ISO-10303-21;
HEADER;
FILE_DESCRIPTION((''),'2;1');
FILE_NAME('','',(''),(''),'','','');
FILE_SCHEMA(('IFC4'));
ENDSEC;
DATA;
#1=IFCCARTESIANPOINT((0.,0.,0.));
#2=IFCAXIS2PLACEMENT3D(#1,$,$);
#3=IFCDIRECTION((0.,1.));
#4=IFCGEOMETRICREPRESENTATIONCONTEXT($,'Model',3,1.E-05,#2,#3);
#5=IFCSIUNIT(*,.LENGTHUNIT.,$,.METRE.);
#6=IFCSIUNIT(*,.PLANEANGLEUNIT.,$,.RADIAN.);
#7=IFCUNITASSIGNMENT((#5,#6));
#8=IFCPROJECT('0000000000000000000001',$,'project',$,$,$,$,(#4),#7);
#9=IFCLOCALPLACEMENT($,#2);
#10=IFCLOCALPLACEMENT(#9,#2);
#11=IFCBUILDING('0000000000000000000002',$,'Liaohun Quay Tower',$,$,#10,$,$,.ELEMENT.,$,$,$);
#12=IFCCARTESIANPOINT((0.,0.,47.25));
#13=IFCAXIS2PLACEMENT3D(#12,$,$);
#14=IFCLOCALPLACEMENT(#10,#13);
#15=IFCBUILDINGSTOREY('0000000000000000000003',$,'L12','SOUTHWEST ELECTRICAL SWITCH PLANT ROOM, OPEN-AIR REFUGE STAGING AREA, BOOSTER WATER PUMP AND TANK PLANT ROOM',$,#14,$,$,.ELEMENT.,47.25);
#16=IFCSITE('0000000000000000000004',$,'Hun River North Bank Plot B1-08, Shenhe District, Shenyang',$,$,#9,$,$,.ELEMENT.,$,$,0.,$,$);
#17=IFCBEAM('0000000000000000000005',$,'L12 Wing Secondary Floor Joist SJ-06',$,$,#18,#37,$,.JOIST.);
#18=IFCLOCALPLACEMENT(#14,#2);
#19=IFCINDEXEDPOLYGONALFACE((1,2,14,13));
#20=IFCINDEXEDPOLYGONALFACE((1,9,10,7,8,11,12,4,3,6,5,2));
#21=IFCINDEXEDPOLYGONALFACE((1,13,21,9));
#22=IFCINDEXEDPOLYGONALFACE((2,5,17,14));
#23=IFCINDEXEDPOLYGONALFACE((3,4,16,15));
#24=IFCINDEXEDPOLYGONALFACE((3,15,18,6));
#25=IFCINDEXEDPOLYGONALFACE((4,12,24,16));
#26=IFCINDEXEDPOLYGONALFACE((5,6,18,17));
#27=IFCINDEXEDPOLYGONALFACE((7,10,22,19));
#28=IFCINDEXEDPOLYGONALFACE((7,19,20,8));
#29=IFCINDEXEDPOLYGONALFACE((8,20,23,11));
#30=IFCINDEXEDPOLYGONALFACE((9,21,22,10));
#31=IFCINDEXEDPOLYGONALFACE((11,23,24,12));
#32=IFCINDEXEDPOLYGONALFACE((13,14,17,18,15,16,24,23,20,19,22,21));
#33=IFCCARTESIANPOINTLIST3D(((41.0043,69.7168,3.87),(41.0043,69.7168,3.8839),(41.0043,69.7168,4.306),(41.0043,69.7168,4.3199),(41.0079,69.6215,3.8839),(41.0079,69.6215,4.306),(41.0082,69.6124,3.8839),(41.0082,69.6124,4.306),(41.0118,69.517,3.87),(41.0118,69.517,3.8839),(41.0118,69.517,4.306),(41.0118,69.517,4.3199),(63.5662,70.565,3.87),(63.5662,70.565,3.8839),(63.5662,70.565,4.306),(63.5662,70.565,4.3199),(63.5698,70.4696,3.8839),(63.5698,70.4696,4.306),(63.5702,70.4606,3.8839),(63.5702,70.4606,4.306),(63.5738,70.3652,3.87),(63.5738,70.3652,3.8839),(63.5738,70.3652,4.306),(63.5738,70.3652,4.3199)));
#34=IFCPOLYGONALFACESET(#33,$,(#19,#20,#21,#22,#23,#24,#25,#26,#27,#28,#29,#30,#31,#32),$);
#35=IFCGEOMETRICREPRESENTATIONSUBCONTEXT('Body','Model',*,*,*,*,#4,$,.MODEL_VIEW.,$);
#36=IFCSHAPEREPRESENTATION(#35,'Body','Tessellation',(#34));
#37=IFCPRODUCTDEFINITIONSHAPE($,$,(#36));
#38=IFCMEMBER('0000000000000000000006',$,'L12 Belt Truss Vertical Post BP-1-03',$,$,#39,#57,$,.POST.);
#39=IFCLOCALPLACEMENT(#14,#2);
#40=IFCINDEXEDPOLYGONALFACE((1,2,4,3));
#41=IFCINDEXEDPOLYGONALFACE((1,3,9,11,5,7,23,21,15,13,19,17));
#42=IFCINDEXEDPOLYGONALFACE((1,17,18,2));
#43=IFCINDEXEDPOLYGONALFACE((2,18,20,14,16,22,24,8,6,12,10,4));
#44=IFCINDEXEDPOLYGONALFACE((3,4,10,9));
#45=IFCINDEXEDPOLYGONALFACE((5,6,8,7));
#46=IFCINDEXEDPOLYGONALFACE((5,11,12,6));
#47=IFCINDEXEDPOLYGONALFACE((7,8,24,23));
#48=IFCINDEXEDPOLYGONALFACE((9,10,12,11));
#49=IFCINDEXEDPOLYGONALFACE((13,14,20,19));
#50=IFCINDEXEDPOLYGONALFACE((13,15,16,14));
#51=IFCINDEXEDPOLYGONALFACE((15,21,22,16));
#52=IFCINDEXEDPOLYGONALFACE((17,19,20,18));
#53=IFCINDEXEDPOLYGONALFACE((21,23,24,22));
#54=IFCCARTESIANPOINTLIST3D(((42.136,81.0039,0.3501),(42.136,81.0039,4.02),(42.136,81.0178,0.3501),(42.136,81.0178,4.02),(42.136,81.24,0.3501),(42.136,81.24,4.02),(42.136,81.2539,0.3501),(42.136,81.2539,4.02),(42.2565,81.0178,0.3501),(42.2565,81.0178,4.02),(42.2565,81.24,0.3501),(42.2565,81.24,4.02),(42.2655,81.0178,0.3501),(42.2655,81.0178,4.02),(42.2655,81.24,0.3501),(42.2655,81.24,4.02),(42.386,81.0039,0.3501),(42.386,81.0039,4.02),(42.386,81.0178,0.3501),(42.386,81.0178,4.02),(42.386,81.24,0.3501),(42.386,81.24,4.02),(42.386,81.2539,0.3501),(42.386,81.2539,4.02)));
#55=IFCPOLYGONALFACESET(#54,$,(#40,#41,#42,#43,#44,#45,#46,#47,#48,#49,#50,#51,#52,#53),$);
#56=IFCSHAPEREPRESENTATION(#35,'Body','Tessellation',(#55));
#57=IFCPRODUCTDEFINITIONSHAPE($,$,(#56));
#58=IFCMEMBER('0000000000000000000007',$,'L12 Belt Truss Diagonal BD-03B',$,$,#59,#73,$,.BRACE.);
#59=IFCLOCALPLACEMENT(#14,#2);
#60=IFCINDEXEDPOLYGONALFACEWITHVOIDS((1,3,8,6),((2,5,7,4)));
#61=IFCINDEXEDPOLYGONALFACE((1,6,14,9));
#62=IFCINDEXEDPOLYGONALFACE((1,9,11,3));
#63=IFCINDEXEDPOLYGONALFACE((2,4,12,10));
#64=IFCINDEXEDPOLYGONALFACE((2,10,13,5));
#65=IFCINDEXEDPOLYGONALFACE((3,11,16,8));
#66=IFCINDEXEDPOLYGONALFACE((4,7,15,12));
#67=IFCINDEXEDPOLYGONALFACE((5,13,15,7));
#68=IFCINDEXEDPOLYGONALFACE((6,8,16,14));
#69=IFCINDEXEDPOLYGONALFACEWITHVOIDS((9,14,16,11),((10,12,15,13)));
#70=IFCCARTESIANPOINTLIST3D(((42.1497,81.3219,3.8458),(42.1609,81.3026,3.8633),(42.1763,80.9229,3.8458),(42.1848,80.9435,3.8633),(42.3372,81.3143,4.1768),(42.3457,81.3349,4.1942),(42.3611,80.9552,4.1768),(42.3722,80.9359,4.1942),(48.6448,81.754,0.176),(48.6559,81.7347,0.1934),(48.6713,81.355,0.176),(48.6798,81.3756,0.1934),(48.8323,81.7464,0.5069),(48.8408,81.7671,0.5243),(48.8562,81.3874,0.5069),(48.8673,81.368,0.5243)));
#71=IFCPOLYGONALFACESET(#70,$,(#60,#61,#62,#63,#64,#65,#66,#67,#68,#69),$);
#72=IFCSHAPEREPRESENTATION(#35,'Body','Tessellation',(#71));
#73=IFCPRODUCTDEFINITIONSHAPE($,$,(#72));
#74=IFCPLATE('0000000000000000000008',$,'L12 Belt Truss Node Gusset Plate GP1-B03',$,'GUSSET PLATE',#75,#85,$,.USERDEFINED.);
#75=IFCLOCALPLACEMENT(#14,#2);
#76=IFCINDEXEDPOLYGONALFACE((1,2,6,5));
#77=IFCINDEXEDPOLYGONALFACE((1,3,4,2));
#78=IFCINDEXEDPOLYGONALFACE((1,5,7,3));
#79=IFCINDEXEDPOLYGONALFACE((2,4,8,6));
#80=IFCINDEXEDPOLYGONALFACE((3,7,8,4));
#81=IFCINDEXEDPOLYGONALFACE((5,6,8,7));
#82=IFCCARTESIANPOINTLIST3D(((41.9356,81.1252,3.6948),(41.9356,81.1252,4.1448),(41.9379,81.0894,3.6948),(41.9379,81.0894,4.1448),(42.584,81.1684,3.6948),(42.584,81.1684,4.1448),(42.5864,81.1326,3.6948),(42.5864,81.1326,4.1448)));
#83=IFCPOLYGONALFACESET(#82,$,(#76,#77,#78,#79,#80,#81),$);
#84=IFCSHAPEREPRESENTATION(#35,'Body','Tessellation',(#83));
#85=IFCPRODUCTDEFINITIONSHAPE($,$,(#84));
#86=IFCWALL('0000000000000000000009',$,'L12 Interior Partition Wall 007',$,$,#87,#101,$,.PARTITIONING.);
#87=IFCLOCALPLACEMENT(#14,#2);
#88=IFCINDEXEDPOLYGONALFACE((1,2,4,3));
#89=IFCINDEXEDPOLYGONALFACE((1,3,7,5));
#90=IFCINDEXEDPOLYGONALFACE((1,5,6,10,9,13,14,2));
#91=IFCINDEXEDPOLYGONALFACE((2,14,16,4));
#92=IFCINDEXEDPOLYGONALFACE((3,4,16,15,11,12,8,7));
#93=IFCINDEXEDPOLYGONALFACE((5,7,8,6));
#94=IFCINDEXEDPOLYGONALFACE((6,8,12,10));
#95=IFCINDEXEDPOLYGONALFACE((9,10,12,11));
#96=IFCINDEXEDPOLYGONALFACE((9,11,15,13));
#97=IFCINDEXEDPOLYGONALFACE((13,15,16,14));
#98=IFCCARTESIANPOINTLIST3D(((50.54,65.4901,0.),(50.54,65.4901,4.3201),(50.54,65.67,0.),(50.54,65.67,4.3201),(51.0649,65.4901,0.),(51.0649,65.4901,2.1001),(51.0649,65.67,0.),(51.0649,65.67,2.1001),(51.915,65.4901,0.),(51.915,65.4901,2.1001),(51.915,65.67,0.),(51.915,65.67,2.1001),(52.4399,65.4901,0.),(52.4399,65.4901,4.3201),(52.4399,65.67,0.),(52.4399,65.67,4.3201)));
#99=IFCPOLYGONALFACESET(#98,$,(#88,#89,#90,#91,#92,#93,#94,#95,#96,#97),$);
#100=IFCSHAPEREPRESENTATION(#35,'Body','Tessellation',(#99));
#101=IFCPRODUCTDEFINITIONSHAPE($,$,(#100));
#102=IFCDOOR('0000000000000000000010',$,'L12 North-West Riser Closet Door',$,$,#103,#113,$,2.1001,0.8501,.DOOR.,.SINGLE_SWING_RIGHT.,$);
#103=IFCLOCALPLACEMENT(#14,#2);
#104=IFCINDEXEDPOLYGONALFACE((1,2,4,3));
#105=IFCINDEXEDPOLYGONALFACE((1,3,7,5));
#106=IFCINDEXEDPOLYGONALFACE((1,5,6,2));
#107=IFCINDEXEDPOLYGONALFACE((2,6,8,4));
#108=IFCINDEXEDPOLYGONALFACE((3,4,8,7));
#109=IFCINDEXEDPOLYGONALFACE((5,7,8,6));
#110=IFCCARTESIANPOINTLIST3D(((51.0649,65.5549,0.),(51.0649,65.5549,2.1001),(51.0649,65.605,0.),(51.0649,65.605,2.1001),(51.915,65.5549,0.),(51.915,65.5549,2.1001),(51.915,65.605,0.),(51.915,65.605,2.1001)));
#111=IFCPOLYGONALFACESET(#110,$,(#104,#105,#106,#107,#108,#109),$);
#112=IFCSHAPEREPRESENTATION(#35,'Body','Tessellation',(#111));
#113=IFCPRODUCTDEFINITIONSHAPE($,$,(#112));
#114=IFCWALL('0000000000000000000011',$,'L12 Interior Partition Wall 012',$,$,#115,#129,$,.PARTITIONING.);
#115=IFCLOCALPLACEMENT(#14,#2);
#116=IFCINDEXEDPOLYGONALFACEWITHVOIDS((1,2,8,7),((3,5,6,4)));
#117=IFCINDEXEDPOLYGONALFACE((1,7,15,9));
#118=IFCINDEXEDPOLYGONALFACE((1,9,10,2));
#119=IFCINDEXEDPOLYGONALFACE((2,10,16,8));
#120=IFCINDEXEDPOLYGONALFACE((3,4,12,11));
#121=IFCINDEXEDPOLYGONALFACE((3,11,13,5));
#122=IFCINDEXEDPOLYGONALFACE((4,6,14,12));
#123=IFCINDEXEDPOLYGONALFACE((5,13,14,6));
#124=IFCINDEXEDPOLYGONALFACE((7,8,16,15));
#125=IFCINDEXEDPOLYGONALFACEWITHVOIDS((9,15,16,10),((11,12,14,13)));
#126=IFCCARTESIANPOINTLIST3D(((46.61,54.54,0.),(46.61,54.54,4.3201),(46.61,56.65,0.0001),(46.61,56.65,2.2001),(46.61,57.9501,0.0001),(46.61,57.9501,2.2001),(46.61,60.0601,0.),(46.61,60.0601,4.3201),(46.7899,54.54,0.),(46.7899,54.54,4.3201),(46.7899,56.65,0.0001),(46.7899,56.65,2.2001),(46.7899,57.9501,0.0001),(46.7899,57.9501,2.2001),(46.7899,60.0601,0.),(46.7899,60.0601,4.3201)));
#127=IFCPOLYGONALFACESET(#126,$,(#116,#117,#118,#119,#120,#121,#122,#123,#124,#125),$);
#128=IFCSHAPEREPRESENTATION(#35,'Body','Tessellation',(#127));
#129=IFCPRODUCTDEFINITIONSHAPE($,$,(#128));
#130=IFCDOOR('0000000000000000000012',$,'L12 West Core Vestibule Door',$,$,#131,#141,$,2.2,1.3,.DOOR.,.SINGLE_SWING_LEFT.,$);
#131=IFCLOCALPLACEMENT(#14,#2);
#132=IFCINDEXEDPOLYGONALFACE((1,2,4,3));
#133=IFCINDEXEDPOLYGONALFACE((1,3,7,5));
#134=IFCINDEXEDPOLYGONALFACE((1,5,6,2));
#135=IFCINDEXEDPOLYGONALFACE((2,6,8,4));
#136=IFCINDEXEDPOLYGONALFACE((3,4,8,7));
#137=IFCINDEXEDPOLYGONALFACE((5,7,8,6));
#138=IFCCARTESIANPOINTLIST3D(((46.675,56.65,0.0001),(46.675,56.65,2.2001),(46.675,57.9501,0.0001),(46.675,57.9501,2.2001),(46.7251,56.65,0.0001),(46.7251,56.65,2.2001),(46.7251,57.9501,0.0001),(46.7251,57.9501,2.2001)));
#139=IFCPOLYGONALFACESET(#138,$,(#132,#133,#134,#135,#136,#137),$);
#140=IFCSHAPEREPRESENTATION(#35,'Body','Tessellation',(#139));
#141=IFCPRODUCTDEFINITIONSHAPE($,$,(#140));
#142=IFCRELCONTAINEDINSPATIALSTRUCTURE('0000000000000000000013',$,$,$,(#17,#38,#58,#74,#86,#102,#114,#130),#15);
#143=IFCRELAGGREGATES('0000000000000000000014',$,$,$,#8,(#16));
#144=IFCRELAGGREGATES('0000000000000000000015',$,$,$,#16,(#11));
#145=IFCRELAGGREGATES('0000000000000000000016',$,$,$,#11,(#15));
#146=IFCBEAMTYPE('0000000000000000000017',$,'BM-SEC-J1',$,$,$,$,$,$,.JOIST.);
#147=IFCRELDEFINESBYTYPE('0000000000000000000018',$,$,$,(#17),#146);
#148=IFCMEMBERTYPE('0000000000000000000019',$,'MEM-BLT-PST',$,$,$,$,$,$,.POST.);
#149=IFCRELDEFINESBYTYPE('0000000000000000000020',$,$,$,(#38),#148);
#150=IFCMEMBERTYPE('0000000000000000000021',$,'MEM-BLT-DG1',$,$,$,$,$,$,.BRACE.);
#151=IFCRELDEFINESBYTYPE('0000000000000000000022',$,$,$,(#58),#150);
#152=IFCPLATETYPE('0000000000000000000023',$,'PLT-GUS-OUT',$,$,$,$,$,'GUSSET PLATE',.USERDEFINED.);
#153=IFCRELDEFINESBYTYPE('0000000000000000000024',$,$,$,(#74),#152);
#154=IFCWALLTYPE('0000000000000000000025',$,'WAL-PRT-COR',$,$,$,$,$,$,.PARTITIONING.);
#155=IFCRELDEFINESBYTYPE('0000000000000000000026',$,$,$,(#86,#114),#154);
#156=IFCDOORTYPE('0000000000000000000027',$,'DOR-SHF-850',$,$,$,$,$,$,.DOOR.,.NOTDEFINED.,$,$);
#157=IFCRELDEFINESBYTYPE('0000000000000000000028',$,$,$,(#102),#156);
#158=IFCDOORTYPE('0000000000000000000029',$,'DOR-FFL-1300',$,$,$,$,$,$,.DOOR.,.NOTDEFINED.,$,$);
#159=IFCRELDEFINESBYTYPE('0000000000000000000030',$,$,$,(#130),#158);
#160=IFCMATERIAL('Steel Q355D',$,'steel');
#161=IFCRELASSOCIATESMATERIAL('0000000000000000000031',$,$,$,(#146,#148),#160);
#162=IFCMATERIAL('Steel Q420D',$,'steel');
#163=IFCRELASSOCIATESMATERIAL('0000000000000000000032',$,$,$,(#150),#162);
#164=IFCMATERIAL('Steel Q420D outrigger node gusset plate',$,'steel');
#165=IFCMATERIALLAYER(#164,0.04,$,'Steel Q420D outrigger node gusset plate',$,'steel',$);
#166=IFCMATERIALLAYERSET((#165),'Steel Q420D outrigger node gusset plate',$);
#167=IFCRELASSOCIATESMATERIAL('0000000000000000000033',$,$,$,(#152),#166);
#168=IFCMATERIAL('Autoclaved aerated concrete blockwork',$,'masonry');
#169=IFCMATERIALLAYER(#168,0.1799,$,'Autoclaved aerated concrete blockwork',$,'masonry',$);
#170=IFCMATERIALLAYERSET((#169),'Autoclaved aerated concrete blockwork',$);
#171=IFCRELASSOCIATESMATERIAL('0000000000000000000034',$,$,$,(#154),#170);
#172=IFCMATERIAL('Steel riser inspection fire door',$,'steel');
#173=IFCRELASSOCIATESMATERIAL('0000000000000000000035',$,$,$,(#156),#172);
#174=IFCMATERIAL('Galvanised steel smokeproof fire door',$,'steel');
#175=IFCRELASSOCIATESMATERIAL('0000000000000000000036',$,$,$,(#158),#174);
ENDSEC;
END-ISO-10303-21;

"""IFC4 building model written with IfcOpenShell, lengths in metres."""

from ifc_helpers import new_model, si_unit, direction, frame, frame_2d, origin, origin_2d, place, context, subcontext, project, spatial, rectangle, hollow_rectangle, i_section, extrude, source, transform, mapped, material, layer, layer_set, material_profile, profile_set, type_object, element, fill, save


model = new_model("IFC4")

# Units and contexts
model_context = context("Model", 3, precision=1e-05, world=origin(), true_north=direction((0.0, 1.0)))
body_context = subcontext(model_context, "Body", "Model", "MODEL_VIEW")
ifc_project = project(units=[si_unit("LENGTHUNIT", "METRE"), si_unit("PLANEANGLEUNIT", "RADIAN")], contexts=[model_context])

# Site, building, storey
site_placement = place(None, origin())
site = spatial("IfcSite", under=ifc_project, at=site_placement, Name="Hun River North Bank Plot B1-08, Shenhe District, Shenyang", CompositionType="ELEMENT", RefElevation=0.0)
building_placement = place(site_placement, origin())
building = spatial("IfcBuilding", under=site, at=building_placement, Name="Liaohun Quay Tower", CompositionType="ELEMENT")
storey_placement = place(building_placement, frame((0.0, 0.0, 47.25)))
storey = spatial("IfcBuildingStorey", under=building, at=storey_placement, Name="L12", Description="SOUTHWEST ELECTRICAL SWITCH PLANT ROOM, OPEN-AIR REFUGE STAGING AREA, BOOSTER WATER PUMP AND TANK PLANT ROOM", CompositionType="ELEMENT", Elevation=47.25)

# Beam
ifc_material_1 = material(Name="Steel Q355D", Category="steel")
ifc_material_profile_1 = material_profile(ifc_material_1, i_section(OverallWidth=0.2, OverallDepth=0.45, WebThickness=0.009, FlangeThickness=0.0139, at=origin_2d()), Name="HN450x200x9x14")
ifc_profile_set_1 = profile_set([ifc_material_profile_1], Name="Steel Q355D")
beam_type = type_object("IfcBeamType", Name="BM-SEC-J1", PredefinedType="JOIST", material=ifc_profile_set_1)
shared_shape_1 = source(origin(), body_context, "Body", "SweptSolid", [
    extrude(i_section(OverallWidth=0.2, OverallDepth=0.45, WebThickness=0.009, FlangeThickness=0.0139, at=origin_2d()), origin(), (0.0, 0.0, 1.0), 22.5779),
])
beam_placement = place(storey_placement, frame((41.0081, 69.6169, 4.095), z_axis=(0.999294, 0.037565, 0.0), x_axis=(-0.037565, 0.999294, 0.0)))
element("IfcBeam", 1, at=beam_placement, inside=storey, type_object=beam_type, Name="L12 Wing Secondary Floor Joist SJ-06", PredefinedType="JOIST", context=body_context, shape_type="MappedRepresentation", body=[
    mapped(shared_shape_1, transform((0.0, 0.0, 0.0), x_axis=(1.0, 0.0, 0.0), y_axis=(0.0, 1.0, 0.0), z_axis=(0.0, 0.0, 1.0), scale=1.0)),
])

# Members
ifc_material_profile_2 = material_profile(ifc_material_1, i_section(OverallWidth=0.25, OverallDepth=0.25, WebThickness=0.009, FlangeThickness=0.0139, at=origin_2d()), Name="HW250x250x9x14")
ifc_profile_set_2 = profile_set([ifc_material_profile_2], Name="Steel Q355D")
member_type_1 = type_object("IfcMemberType", Name="MEM-BLT-PST", PredefinedType="POST", material=ifc_profile_set_2)
shared_shape_2 = source(origin(), body_context, "Body", "SweptSolid", [
    extrude(i_section(OverallWidth=0.25, OverallDepth=0.25, WebThickness=0.009, FlangeThickness=0.0139, at=origin_2d()), origin(), (0.0, 0.0, 1.0), 3.6699),
])
member_1_placement = place(storey_placement, frame((42.261, 81.1289, 0.3501), z_axis=(0.0, 0.0, 1.0), x_axis=(1.0, 0.0, 0.0)))
element("IfcMember", 2, at=member_1_placement, inside=storey, type_object=member_type_1, Name="L12 Belt Truss Vertical Post BP-1-03", PredefinedType="POST", context=body_context, shape_type="MappedRepresentation", body=[
    mapped(shared_shape_2, transform((0.0, 0.0, 0.0), x_axis=(1.0, 0.0, 0.0), y_axis=(0.0, 1.0, 0.0), z_axis=(0.0, 0.0, 1.0), scale=1.0)),
])
ifc_material_2 = material(Name="Steel Q420D", Category="steel")
ifc_material_profile_3 = material_profile(ifc_material_2, hollow_rectangle(XDim=0.3999, YDim=0.3999, WallThickness=0.02, at=origin_2d()), Name="SHS400x400x20")
ifc_profile_set_3 = profile_set([ifc_material_profile_3], Name="Steel Q420D")
member_type_2 = type_object("IfcMemberType", Name="MEM-BLT-DG1", PredefinedType="BRACE", material=ifc_profile_set_3)
shared_shape_3 = source(origin(), body_context, "Body", "SweptSolid", [
    extrude(hollow_rectangle(XDim=0.3999, YDim=0.3999, WallThickness=0.02, at=origin_2d()), origin(), (0.0, 0.0, 1.0), 7.4727),
])
member_2_placement = place(storey_placement, frame((42.261, 81.1289, 4.02), z_axis=(0.869177, 0.057827, -0.491109), x_axis=(-0.066385, 0.997794, 0.0)))
element("IfcMember", 3, at=member_2_placement, inside=storey, type_object=member_type_2, Name="L12 Belt Truss Diagonal BD-03B", PredefinedType="BRACE", context=body_context, shape_type="MappedRepresentation", body=[
    mapped(shared_shape_3, transform((0.0, 0.0, 0.0), x_axis=(1.0, 0.0, 0.0), y_axis=(0.0, 1.0, 0.0), z_axis=(0.0, 0.0, 1.0), scale=1.0)),
])

# Plate
ifc_material_3 = material(Name="Steel Q420D outrigger node gusset plate", Category="steel")
ifc_layer_1 = layer(ifc_material_3, 0.04, Name="Steel Q420D outrigger node gusset plate", Category="steel")
ifc_layer_set_1 = layer_set([ifc_layer_1], Name="Steel Q420D outrigger node gusset plate")
plate_type = type_object("IfcPlateType", Name="PLT-GUS-OUT", ElementType="GUSSET PLATE", PredefinedType="USERDEFINED", material=ifc_layer_set_1)
shared_shape_4 = source(origin(), body_context, "Body", "SweptSolid", [
    extrude(rectangle(XDim=0.6499, YDim=0.0359, at=origin_2d()), origin(), (0.0, 0.0, 1.0), 0.45),
])
plate_placement = place(storey_placement, frame((42.261, 81.1289, 3.6948), z_axis=(0.0, 0.0, 1.0), x_axis=(0.99779, 0.066448, 0.0)))
element("IfcPlate", 4, at=plate_placement, inside=storey, type_object=plate_type, Name="L12 Belt Truss Node Gusset Plate GP1-B03", ObjectType="GUSSET PLATE", PredefinedType="USERDEFINED", context=body_context, shape_type="MappedRepresentation", body=[
    mapped(shared_shape_4, transform((0.0, 0.0, 0.0), x_axis=(1.0, 0.0, 0.0), y_axis=(0.0, 1.0, 0.0), z_axis=(0.0, 0.0, 1.0), scale=1.0)),
])

# Walls, openings, doors
ifc_material_4 = material(Name="Autoclaved aerated concrete blockwork", Category="masonry")
ifc_layer_2 = layer(ifc_material_4, 0.1799, Name="Autoclaved aerated concrete blockwork", Category="masonry")
ifc_layer_set_2 = layer_set([ifc_layer_2], Name="Autoclaved aerated concrete blockwork")
wall_type_1 = type_object("IfcWallType", Name="WAL-PRT-COR", PredefinedType="PARTITIONING", material=ifc_layer_set_2)
wall_1_placement = place(storey_placement, frame((50.54, 65.5801, 0.0), z_axis=(0.0, 0.0, 1.0), x_axis=(1.0, 0.0, 0.0)))
wall_1 = element("IfcWall", 5, at=wall_1_placement, inside=storey, type_object=wall_type_1, Name="L12 Interior Partition Wall 007", PredefinedType="PARTITIONING", context=body_context, shape_type="SweptSolid", body=[
    extrude(rectangle(XDim=1.8999, YDim=0.1799, at=frame_2d((0.95, 0.0))), origin(), (0.0, 0.0, 1.0), 4.3201),
])
shared_shape_5 = source(origin(), body_context, "Body", "SweptSolid", [
    extrude(rectangle(XDim=0.8501, YDim=2.1001, at=frame_2d((0.425, 1.05))), frame((0.0, 0.0999, 0.0), z_axis=(0.0, -1.0, 0.0), x_axis=(1.0, 0.0, 0.0)), (0.0, 0.0, 1.0), 0.2),
])
opening_1_placement = place(wall_1_placement, frame((0.5249, 0.0, 0.0)))
opening_1 = element("IfcOpeningElement", 6, at=opening_1_placement, cuts=wall_1, PredefinedType="OPENING", context=body_context, shape_type="MappedRepresentation", body=[
    mapped(shared_shape_5, transform((0.0, 0.0, 0.0), x_axis=(1.0, 0.0, 0.0), y_axis=(0.0, 1.0, 0.0), z_axis=(0.0, 0.0, 1.0), scale=1.0)),
])
ifc_material_5 = material(Name="Steel riser inspection fire door", Category="steel")
door_type_1 = type_object("IfcDoorType", Name="DOR-SHF-850", OperationType="NOTDEFINED", PredefinedType="DOOR", material=ifc_material_5)
shared_shape_6 = source(origin(), body_context, "Body", "SweptSolid", [
    extrude(rectangle(XDim=0.8501, YDim=2.1001, at=frame_2d((0.425, 1.05))), frame((0.0, 0.0249, 0.0), z_axis=(0.0, -1.0, 0.0), x_axis=(1.0, 0.0, 0.0)), (0.0, 0.0, 1.0), 0.05),
])
door_1_placement = place(opening_1_placement, origin())
door_1 = element("IfcDoor", 7, at=door_1_placement, inside=storey, type_object=door_type_1, Name="L12 North-West Riser Closet Door", OperationType="SINGLE_SWING_RIGHT", OverallHeight=2.1001, OverallWidth=0.8501, PredefinedType="DOOR", context=body_context, shape_type="MappedRepresentation", body=[
    mapped(shared_shape_6, transform((0.0, 0.0, 0.0), x_axis=(1.0, 0.0, 0.0), y_axis=(0.0, 1.0, 0.0), z_axis=(0.0, 0.0, 1.0), scale=1.0)),
])
fill(opening_1, door_1)
wall_2_placement = place(storey_placement, frame((46.7, 54.54, 0.0), z_axis=(0.0, 0.0, 1.0), x_axis=(0.0, 1.0, 0.0)))
wall_2 = element("IfcWall", 8, at=wall_2_placement, inside=storey, type_object=wall_type_1, Name="L12 Interior Partition Wall 012", PredefinedType="PARTITIONING", context=body_context, shape_type="SweptSolid", body=[
    extrude(rectangle(XDim=5.52, YDim=0.1799, at=frame_2d((2.76, 0.0))), origin(), (0.0, 0.0, 1.0), 4.3201),
])
shared_shape_7 = source(origin(), body_context, "Body", "SweptSolid", [
    extrude(rectangle(XDim=1.3, YDim=2.2, at=frame_2d((0.6499, 1.1001))), frame((0.0, 0.0999, 0.0), z_axis=(0.0, -1.0, 0.0), x_axis=(1.0, 0.0, 0.0)), (0.0, 0.0, 1.0), 0.2),
])
opening_2_placement = place(wall_2_placement, frame((2.1101, 0.0, 0.0)))
opening_2 = element("IfcOpeningElement", 9, at=opening_2_placement, cuts=wall_2, PredefinedType="OPENING", context=body_context, shape_type="MappedRepresentation", body=[
    mapped(shared_shape_7, transform((0.0, 0.0, 0.0), x_axis=(1.0, 0.0, 0.0), y_axis=(0.0, 1.0, 0.0), z_axis=(0.0, 0.0, 1.0), scale=1.0)),
])
ifc_material_6 = material(Name="Galvanised steel smokeproof fire door", Category="steel")
door_type_2 = type_object("IfcDoorType", Name="DOR-FFL-1300", OperationType="NOTDEFINED", PredefinedType="DOOR", material=ifc_material_6)
shared_shape_8 = source(origin(), body_context, "Body", "SweptSolid", [
    extrude(rectangle(XDim=1.3, YDim=2.2, at=frame_2d((0.6499, 1.1001))), frame((0.0, 0.0249, 0.0), z_axis=(0.0, -1.0, 0.0), x_axis=(1.0, 0.0, 0.0)), (0.0, 0.0, 1.0), 0.05),
])
door_2_placement = place(opening_2_placement, origin())
door_2 = element("IfcDoor", 10, at=door_2_placement, inside=storey, type_object=door_type_2, Name="L12 West Core Vestibule Door", OperationType="SINGLE_SWING_LEFT", OverallHeight=2.2, OverallWidth=1.3, PredefinedType="DOOR", context=body_context, shape_type="MappedRepresentation", body=[
    mapped(shared_shape_8, transform((0.0, 0.0, 0.0), x_axis=(1.0, 0.0, 0.0), y_axis=(0.0, 1.0, 0.0), z_axis=(0.0, 0.0, 1.0), scale=1.0)),
])
fill(opening_2, door_2)

save(model, "model.ifc")
